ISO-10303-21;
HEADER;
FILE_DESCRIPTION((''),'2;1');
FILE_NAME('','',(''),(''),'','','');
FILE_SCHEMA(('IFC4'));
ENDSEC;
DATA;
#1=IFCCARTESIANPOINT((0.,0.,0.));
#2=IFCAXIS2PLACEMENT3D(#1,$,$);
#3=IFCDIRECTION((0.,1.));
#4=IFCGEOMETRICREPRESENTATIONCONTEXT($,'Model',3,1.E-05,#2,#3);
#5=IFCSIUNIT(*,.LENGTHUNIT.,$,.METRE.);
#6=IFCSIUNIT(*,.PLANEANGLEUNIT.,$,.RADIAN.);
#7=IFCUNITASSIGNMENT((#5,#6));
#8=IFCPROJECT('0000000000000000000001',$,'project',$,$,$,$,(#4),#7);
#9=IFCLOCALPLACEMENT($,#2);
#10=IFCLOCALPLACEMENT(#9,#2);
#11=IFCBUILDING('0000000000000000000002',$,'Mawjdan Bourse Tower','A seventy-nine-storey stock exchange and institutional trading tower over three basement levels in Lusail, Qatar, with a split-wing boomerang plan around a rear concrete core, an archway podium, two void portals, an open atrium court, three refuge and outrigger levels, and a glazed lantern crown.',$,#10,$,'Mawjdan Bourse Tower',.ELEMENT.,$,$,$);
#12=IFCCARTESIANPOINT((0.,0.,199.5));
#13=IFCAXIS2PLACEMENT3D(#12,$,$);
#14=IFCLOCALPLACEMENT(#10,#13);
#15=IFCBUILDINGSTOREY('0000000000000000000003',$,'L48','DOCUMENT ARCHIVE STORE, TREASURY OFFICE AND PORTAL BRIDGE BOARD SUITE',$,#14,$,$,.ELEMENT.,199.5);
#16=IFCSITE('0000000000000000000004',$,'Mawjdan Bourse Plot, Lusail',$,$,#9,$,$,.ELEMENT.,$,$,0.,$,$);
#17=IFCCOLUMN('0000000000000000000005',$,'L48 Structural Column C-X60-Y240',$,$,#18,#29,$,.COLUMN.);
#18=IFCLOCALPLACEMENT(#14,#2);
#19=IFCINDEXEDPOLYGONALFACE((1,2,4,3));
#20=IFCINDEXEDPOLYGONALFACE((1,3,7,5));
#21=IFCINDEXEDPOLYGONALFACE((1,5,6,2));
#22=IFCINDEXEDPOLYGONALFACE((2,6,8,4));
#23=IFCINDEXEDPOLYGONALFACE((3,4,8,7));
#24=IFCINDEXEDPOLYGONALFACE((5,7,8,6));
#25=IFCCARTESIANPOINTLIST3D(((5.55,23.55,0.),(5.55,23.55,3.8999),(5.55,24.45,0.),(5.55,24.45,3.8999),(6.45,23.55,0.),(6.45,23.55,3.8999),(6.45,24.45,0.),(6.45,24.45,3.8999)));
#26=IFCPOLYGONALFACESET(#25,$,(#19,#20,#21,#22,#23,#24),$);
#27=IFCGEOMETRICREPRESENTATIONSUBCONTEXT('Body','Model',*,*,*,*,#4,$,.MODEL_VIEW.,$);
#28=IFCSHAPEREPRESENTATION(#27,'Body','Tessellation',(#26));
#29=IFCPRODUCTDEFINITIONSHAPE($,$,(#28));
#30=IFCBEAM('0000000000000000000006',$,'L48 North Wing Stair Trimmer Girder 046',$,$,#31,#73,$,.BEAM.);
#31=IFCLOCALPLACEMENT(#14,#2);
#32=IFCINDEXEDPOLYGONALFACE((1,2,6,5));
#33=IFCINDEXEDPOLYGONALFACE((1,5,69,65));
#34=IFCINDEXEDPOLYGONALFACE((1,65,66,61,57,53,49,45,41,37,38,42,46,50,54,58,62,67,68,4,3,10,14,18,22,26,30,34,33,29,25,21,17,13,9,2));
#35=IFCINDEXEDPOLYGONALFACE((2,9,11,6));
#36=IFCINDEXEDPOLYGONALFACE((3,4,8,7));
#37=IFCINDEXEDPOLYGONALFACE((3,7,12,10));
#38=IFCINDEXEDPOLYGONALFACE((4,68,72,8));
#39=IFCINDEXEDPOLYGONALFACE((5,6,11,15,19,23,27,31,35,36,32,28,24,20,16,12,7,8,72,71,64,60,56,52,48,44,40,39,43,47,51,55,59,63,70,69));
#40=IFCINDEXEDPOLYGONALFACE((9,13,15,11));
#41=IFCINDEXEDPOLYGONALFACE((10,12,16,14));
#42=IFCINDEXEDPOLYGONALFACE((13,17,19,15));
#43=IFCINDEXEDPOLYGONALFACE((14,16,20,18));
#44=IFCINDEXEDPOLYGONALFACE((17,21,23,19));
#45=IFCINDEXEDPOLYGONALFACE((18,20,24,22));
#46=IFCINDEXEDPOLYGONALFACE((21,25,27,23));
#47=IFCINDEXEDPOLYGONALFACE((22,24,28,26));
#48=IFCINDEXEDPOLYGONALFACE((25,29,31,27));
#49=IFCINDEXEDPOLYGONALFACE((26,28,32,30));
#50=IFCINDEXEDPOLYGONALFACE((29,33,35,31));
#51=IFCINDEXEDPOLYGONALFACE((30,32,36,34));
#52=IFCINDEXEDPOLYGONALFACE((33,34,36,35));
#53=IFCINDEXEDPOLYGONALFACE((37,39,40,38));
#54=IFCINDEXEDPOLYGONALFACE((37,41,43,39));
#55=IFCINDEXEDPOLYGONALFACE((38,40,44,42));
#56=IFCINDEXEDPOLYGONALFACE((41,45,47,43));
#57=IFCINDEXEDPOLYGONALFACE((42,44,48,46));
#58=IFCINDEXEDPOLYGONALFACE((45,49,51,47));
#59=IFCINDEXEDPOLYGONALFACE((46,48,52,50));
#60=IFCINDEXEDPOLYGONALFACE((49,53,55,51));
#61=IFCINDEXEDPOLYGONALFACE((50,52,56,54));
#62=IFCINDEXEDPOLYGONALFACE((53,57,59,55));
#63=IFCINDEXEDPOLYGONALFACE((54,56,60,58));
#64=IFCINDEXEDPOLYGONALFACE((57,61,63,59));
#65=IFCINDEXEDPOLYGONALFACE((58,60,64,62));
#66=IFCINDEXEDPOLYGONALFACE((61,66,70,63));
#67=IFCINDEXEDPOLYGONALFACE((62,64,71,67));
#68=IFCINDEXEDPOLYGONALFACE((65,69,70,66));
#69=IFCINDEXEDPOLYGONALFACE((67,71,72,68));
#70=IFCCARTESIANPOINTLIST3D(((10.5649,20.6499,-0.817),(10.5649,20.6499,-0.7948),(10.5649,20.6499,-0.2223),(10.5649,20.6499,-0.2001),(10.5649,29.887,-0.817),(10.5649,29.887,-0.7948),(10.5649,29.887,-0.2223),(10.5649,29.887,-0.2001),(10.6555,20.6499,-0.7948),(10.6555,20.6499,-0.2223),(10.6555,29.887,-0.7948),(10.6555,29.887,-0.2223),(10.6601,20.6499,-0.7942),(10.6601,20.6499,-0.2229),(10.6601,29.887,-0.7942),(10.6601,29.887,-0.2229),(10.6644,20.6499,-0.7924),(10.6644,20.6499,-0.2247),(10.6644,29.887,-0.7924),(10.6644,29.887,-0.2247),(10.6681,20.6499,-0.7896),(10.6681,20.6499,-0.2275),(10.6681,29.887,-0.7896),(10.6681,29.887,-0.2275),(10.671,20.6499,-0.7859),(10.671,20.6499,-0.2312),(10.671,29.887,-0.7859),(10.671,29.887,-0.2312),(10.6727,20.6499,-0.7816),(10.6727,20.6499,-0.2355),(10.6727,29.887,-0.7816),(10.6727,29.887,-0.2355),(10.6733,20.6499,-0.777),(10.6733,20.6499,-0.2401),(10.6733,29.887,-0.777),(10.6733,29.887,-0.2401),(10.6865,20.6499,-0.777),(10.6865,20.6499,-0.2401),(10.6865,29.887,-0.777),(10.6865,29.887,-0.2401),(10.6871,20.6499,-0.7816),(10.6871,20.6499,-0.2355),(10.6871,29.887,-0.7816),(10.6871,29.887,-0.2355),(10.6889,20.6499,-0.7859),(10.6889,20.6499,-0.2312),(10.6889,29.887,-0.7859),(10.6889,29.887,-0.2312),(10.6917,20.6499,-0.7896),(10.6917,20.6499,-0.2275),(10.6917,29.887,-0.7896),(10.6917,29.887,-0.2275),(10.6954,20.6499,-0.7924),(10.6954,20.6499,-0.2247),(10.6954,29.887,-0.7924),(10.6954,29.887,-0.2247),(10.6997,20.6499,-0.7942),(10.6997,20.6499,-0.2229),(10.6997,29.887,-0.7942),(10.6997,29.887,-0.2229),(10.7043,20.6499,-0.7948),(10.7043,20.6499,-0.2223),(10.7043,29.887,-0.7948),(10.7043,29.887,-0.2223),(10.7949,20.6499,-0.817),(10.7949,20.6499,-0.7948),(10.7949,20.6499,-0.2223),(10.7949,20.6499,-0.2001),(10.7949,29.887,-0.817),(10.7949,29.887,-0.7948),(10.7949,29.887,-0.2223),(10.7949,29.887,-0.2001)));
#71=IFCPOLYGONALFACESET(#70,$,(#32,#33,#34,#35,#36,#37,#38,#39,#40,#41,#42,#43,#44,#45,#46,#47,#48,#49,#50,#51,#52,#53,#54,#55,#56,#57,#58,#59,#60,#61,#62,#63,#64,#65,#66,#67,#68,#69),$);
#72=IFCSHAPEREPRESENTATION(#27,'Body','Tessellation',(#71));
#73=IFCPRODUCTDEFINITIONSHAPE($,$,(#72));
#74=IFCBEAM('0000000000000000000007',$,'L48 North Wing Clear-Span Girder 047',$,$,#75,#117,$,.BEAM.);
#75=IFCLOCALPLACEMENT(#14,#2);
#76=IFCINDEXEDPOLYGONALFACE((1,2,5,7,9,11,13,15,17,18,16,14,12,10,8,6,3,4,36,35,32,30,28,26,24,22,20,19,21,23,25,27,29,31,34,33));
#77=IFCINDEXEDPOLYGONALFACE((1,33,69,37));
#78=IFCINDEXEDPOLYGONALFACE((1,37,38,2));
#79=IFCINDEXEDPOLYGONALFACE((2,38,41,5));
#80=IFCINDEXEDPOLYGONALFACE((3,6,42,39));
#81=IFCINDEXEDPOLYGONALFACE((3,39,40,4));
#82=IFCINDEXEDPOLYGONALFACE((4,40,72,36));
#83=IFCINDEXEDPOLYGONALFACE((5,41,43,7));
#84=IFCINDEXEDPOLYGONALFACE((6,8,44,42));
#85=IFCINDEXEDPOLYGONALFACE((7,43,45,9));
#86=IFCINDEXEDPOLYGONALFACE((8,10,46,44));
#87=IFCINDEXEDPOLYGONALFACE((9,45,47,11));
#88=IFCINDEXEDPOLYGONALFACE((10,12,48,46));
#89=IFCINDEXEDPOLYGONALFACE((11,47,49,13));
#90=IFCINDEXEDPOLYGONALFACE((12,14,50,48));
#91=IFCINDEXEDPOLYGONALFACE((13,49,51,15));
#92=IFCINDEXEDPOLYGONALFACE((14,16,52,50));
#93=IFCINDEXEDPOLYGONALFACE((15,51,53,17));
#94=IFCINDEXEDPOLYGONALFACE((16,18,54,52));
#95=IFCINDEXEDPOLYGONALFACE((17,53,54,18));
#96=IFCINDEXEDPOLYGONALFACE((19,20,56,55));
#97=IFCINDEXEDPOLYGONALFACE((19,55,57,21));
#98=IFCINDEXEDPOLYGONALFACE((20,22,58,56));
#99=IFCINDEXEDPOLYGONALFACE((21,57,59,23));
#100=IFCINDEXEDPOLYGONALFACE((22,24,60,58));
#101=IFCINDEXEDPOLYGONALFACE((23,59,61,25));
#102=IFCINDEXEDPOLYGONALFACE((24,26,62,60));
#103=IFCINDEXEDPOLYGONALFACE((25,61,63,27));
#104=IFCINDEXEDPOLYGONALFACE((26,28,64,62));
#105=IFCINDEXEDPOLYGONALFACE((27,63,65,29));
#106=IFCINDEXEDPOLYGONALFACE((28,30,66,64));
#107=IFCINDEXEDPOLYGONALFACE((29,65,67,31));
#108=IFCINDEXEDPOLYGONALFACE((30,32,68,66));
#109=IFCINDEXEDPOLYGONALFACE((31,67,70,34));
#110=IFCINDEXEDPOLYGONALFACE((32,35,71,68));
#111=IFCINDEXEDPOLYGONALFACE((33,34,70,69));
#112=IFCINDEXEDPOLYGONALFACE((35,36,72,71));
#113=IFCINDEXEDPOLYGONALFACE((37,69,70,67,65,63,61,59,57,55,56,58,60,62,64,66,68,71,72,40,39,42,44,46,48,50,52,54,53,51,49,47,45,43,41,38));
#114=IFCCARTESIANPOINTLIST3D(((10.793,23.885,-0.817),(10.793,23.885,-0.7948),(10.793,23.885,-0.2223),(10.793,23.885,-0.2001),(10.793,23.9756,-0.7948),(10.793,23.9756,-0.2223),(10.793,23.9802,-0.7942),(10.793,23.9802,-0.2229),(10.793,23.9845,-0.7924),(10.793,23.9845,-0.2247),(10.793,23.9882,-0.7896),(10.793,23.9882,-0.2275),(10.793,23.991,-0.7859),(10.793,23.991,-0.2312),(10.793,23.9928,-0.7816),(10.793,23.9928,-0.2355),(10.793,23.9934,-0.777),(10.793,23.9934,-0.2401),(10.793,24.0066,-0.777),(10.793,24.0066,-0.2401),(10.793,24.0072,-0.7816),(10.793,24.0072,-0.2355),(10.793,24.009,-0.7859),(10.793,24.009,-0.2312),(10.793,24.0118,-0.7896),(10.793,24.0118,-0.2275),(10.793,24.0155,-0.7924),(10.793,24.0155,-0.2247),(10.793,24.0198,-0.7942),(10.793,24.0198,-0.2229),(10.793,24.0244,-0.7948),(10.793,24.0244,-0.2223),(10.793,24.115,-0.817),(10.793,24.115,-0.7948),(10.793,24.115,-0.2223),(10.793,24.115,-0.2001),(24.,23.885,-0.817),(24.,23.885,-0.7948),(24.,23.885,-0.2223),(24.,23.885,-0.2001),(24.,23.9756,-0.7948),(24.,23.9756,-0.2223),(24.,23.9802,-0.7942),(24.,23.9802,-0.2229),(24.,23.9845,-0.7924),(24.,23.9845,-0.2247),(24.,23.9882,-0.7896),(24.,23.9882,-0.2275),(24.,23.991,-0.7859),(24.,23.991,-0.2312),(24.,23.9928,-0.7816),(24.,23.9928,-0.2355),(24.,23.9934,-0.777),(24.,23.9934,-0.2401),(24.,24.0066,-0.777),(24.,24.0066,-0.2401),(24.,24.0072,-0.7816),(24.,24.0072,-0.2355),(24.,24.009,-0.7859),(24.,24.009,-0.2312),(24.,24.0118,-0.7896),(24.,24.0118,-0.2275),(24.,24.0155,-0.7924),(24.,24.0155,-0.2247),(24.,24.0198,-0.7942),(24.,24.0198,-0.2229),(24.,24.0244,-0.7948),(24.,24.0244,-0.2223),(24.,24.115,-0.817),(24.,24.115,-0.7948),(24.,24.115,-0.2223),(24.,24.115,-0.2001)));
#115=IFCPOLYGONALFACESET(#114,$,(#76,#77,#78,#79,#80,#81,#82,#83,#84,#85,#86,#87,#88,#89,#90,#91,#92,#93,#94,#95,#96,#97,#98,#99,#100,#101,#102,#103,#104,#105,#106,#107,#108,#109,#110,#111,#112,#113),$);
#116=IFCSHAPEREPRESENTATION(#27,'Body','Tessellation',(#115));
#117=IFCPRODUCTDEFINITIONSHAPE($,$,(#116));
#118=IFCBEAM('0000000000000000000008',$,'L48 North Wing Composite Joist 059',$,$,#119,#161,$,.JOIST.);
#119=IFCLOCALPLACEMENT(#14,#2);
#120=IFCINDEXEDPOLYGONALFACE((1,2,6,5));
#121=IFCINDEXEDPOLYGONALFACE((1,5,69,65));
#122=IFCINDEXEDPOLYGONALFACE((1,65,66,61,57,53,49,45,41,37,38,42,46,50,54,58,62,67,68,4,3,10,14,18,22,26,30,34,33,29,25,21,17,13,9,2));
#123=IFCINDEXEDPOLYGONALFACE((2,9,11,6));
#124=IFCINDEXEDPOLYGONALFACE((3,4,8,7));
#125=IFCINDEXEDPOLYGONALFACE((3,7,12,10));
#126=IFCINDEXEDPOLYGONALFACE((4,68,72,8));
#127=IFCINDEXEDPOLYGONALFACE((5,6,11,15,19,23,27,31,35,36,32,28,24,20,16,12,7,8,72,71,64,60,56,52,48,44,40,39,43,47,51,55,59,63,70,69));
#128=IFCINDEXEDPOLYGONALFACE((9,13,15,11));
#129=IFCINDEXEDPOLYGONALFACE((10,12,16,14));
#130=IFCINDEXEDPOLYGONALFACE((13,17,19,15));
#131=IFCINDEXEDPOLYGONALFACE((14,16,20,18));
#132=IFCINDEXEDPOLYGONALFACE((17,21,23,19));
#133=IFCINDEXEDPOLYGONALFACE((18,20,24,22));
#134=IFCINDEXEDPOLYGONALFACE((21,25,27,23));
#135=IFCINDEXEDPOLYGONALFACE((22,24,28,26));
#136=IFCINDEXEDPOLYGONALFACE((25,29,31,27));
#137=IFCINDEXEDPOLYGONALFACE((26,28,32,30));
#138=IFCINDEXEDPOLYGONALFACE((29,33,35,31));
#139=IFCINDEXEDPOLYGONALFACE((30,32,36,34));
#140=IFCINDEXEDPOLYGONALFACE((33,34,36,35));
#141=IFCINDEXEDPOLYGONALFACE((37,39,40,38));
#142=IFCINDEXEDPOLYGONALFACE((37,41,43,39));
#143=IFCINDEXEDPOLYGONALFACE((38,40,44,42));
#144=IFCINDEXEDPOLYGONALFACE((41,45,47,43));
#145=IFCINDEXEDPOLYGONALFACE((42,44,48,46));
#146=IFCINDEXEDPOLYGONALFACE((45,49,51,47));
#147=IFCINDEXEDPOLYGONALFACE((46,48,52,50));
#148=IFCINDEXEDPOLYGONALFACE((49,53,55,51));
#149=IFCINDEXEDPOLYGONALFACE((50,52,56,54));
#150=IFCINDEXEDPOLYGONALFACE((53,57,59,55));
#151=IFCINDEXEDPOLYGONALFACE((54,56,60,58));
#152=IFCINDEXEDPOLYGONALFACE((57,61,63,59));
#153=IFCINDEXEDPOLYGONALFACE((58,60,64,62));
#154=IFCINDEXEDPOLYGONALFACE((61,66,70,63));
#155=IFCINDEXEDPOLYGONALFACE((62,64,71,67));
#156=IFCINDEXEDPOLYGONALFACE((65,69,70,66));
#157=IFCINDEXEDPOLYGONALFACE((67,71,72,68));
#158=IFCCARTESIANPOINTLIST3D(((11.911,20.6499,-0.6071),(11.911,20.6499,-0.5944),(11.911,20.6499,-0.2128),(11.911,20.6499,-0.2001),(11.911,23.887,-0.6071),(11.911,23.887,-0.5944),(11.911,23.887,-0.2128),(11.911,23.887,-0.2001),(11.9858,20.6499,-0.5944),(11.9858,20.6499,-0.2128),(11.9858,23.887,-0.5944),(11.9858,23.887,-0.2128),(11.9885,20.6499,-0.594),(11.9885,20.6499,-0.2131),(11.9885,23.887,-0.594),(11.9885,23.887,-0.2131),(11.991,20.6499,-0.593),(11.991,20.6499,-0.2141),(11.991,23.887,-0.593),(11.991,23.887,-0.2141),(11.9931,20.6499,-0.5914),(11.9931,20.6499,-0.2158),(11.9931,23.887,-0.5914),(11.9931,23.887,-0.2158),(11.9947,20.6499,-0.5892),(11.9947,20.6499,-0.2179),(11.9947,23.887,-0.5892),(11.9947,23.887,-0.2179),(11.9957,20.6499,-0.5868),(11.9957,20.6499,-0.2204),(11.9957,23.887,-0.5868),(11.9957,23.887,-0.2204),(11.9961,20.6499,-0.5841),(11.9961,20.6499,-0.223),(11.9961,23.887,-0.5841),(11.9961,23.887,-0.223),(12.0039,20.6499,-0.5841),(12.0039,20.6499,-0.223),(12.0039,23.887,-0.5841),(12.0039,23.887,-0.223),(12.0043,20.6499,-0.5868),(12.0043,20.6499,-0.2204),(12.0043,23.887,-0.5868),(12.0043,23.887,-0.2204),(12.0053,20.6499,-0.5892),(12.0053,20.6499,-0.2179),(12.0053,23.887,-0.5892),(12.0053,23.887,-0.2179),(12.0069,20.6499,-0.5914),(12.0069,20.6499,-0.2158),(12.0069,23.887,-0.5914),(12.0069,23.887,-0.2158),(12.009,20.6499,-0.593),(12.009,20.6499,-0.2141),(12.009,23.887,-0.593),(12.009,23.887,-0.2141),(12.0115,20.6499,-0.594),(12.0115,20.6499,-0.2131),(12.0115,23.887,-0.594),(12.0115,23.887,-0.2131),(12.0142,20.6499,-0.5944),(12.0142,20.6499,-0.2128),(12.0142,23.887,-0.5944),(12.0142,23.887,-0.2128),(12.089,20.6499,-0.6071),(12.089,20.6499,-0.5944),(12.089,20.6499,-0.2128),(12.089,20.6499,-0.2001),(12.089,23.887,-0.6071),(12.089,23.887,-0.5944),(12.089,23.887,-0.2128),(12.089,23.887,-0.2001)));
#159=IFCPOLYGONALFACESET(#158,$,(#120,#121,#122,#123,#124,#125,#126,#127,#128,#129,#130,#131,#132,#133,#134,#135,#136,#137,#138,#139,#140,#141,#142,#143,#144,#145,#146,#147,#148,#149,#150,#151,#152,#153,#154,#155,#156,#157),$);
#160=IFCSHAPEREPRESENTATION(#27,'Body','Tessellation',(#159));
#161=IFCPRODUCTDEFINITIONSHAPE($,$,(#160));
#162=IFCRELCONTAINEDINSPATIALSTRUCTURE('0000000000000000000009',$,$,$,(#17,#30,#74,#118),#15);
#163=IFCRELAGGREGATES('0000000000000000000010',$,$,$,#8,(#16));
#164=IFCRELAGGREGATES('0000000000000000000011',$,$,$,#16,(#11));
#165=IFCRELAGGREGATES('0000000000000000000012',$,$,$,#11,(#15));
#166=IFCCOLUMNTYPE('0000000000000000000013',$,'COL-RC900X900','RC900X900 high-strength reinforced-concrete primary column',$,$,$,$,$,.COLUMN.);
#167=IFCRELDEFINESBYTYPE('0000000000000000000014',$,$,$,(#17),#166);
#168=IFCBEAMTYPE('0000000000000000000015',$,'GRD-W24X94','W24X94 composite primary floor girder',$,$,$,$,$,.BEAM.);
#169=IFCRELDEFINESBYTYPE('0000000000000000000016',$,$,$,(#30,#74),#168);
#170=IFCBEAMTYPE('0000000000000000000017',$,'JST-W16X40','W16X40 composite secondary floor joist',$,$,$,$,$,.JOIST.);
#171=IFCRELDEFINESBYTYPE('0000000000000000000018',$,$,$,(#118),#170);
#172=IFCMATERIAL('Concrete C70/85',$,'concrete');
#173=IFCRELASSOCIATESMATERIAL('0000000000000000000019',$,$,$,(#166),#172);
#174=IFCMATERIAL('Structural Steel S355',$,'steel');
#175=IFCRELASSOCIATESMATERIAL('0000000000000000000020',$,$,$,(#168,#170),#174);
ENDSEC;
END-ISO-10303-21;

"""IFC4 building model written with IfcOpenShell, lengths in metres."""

from ifc_helpers import new_model, si_unit, direction, frame, origin, origin_2d, place, context, subcontext, project, spatial, rectangle, i_section, extrude, material, material_profile, profile_set, type_object, element, save


model = new_model("IFC4")

# Units and contexts
model_context = context("Model", 3, precision=1e-05, world=origin(), true_north=direction((0.0, 1.0)))
body_context = subcontext(model_context, "Body", "Model", "MODEL_VIEW")
ifc_project = project(units=[si_unit("LENGTHUNIT", "METRE"), si_unit("PLANEANGLEUNIT", "RADIAN")], contexts=[model_context])

# Site, building, storey
site_placement = place(None, origin())
site = spatial("IfcSite", under=ifc_project, at=site_placement, Name="Mawjdan Bourse Plot, Lusail", CompositionType="ELEMENT", RefElevation=0.0)
building_placement = place(site_placement, origin())
building = spatial("IfcBuilding", under=site, at=building_placement, Name="Mawjdan Bourse Tower", Description="A seventy-nine-storey stock exchange and institutional trading tower over three basement levels in Lusail, Qatar, with a split-wing boomerang plan around a rear concrete core, an archway podium, two void portals, an open atrium court, three refuge and outrigger levels, and a glazed lantern crown.", LongName="Mawjdan Bourse Tower", CompositionType="ELEMENT")
storey_placement = place(building_placement, frame((0.0, 0.0, 199.5)))
storey = spatial("IfcBuildingStorey", under=building, at=storey_placement, Name="L48", Description="DOCUMENT ARCHIVE STORE, TREASURY OFFICE AND PORTAL BRIDGE BOARD SUITE", CompositionType="ELEMENT", Elevation=199.5)

# Column
ifc_material_1 = material(Name="Concrete C70/85", Category="concrete")
ifc_material_profile_1 = material_profile(ifc_material_1, rectangle(XDim=0.8999, YDim=0.8999, at=origin_2d()), Name="RC900X900")
ifc_profile_set_1 = profile_set([ifc_material_profile_1], Name="Concrete C70/85")
column_type = type_object("IfcColumnType", Name="COL-RC900X900", Description="RC900X900 high-strength reinforced-concrete primary column", PredefinedType="COLUMN", material=ifc_profile_set_1)
column_placement = place(storey_placement, frame((6.0, 24.0, 0.0), z_axis=(0.0, 0.0, 1.0), x_axis=(1.0, 0.0, 0.0)))
element("IfcColumn", 1, at=column_placement, inside=storey, type_object=column_type, Name="L48 Structural Column C-X60-Y240", PredefinedType="COLUMN", context=body_context, shape_type="SweptSolid", body=[
    extrude(rectangle(XDim=0.8999, YDim=0.8999, at=origin_2d()), origin(), (0.0, 0.0, 1.0), 3.8999),
])

# Beams
ifc_material_2 = material(Name="Structural Steel S355", Category="steel")
ifc_material_profile_2 = material_profile(ifc_material_2, i_section(OverallWidth=0.23, OverallDepth=0.6169, WebThickness=0.0132, FlangeThickness=0.0222, FilletRadius=0.0178, at=origin_2d()), Name="W24X94")
ifc_profile_set_2 = profile_set([ifc_material_profile_2], Name="Structural Steel S355")
beam_type_1 = type_object("IfcBeamType", Name="GRD-W24X94", Description="W24X94 composite primary floor girder", PredefinedType="BEAM", material=ifc_profile_set_2)
beam_1_placement = place(storey_placement, frame((10.6799, 20.6499, -0.5085), z_axis=(0.0, 1.0, 0.0), x_axis=(-1.0, 0.0, 0.0)))
element("IfcBeam", 2, at=beam_1_placement, inside=storey, type_object=beam_type_1, Name="L48 North Wing Stair Trimmer Girder 046", PredefinedType="BEAM", context=body_context, shape_type="SweptSolid", body=[
    extrude(i_section(OverallWidth=0.23, OverallDepth=0.6169, WebThickness=0.0132, FlangeThickness=0.0222, FilletRadius=0.0178, at=origin_2d()), origin(), (0.0, 0.0, 1.0), 9.2371),
])
beam_2_placement = place(storey_placement, frame((10.793, 24.0, -0.5085), z_axis=(1.0, 0.0, 0.0), x_axis=(0.0, 1.0, 0.0)))
element("IfcBeam", 3, at=beam_2_placement, inside=storey, type_object=beam_type_1, Name="L48 North Wing Clear-Span Girder 047", PredefinedType="BEAM", context=body_context, shape_type="SweptSolid", body=[
    extrude(i_section(OverallWidth=0.23, OverallDepth=0.6169, WebThickness=0.0132, FlangeThickness=0.0222, FilletRadius=0.0178, at=origin_2d()), origin(), (0.0, 0.0, 1.0), 13.207),
])
ifc_material_profile_3 = material_profile(ifc_material_2, i_section(OverallWidth=0.178, OverallDepth=0.407, WebThickness=0.0078, FlangeThickness=0.0127, FilletRadius=0.0103, at=origin_2d()), Name="W16X40")
ifc_profile_set_3 = profile_set([ifc_material_profile_3], Name="Structural Steel S355")
beam_type_2 = type_object("IfcBeamType", Name="JST-W16X40", Description="W16X40 composite secondary floor joist", PredefinedType="JOIST", material=ifc_profile_set_3)
beam_3_placement = place(storey_placement, frame((12.0, 20.6499, -0.4036), z_axis=(0.0, 1.0, 0.0), x_axis=(-1.0, 0.0, 0.0)))
element("IfcBeam", 4, at=beam_3_placement, inside=storey, type_object=beam_type_2, Name="L48 North Wing Composite Joist 059", PredefinedType="JOIST", context=body_context, shape_type="SweptSolid", body=[
    extrude(i_section(OverallWidth=0.178, OverallDepth=0.407, WebThickness=0.0078, FlangeThickness=0.0127, FilletRadius=0.0103, at=origin_2d()), origin(), (0.0, 0.0, 1.0), 3.2371),
])

save(model, "model.ifc")
